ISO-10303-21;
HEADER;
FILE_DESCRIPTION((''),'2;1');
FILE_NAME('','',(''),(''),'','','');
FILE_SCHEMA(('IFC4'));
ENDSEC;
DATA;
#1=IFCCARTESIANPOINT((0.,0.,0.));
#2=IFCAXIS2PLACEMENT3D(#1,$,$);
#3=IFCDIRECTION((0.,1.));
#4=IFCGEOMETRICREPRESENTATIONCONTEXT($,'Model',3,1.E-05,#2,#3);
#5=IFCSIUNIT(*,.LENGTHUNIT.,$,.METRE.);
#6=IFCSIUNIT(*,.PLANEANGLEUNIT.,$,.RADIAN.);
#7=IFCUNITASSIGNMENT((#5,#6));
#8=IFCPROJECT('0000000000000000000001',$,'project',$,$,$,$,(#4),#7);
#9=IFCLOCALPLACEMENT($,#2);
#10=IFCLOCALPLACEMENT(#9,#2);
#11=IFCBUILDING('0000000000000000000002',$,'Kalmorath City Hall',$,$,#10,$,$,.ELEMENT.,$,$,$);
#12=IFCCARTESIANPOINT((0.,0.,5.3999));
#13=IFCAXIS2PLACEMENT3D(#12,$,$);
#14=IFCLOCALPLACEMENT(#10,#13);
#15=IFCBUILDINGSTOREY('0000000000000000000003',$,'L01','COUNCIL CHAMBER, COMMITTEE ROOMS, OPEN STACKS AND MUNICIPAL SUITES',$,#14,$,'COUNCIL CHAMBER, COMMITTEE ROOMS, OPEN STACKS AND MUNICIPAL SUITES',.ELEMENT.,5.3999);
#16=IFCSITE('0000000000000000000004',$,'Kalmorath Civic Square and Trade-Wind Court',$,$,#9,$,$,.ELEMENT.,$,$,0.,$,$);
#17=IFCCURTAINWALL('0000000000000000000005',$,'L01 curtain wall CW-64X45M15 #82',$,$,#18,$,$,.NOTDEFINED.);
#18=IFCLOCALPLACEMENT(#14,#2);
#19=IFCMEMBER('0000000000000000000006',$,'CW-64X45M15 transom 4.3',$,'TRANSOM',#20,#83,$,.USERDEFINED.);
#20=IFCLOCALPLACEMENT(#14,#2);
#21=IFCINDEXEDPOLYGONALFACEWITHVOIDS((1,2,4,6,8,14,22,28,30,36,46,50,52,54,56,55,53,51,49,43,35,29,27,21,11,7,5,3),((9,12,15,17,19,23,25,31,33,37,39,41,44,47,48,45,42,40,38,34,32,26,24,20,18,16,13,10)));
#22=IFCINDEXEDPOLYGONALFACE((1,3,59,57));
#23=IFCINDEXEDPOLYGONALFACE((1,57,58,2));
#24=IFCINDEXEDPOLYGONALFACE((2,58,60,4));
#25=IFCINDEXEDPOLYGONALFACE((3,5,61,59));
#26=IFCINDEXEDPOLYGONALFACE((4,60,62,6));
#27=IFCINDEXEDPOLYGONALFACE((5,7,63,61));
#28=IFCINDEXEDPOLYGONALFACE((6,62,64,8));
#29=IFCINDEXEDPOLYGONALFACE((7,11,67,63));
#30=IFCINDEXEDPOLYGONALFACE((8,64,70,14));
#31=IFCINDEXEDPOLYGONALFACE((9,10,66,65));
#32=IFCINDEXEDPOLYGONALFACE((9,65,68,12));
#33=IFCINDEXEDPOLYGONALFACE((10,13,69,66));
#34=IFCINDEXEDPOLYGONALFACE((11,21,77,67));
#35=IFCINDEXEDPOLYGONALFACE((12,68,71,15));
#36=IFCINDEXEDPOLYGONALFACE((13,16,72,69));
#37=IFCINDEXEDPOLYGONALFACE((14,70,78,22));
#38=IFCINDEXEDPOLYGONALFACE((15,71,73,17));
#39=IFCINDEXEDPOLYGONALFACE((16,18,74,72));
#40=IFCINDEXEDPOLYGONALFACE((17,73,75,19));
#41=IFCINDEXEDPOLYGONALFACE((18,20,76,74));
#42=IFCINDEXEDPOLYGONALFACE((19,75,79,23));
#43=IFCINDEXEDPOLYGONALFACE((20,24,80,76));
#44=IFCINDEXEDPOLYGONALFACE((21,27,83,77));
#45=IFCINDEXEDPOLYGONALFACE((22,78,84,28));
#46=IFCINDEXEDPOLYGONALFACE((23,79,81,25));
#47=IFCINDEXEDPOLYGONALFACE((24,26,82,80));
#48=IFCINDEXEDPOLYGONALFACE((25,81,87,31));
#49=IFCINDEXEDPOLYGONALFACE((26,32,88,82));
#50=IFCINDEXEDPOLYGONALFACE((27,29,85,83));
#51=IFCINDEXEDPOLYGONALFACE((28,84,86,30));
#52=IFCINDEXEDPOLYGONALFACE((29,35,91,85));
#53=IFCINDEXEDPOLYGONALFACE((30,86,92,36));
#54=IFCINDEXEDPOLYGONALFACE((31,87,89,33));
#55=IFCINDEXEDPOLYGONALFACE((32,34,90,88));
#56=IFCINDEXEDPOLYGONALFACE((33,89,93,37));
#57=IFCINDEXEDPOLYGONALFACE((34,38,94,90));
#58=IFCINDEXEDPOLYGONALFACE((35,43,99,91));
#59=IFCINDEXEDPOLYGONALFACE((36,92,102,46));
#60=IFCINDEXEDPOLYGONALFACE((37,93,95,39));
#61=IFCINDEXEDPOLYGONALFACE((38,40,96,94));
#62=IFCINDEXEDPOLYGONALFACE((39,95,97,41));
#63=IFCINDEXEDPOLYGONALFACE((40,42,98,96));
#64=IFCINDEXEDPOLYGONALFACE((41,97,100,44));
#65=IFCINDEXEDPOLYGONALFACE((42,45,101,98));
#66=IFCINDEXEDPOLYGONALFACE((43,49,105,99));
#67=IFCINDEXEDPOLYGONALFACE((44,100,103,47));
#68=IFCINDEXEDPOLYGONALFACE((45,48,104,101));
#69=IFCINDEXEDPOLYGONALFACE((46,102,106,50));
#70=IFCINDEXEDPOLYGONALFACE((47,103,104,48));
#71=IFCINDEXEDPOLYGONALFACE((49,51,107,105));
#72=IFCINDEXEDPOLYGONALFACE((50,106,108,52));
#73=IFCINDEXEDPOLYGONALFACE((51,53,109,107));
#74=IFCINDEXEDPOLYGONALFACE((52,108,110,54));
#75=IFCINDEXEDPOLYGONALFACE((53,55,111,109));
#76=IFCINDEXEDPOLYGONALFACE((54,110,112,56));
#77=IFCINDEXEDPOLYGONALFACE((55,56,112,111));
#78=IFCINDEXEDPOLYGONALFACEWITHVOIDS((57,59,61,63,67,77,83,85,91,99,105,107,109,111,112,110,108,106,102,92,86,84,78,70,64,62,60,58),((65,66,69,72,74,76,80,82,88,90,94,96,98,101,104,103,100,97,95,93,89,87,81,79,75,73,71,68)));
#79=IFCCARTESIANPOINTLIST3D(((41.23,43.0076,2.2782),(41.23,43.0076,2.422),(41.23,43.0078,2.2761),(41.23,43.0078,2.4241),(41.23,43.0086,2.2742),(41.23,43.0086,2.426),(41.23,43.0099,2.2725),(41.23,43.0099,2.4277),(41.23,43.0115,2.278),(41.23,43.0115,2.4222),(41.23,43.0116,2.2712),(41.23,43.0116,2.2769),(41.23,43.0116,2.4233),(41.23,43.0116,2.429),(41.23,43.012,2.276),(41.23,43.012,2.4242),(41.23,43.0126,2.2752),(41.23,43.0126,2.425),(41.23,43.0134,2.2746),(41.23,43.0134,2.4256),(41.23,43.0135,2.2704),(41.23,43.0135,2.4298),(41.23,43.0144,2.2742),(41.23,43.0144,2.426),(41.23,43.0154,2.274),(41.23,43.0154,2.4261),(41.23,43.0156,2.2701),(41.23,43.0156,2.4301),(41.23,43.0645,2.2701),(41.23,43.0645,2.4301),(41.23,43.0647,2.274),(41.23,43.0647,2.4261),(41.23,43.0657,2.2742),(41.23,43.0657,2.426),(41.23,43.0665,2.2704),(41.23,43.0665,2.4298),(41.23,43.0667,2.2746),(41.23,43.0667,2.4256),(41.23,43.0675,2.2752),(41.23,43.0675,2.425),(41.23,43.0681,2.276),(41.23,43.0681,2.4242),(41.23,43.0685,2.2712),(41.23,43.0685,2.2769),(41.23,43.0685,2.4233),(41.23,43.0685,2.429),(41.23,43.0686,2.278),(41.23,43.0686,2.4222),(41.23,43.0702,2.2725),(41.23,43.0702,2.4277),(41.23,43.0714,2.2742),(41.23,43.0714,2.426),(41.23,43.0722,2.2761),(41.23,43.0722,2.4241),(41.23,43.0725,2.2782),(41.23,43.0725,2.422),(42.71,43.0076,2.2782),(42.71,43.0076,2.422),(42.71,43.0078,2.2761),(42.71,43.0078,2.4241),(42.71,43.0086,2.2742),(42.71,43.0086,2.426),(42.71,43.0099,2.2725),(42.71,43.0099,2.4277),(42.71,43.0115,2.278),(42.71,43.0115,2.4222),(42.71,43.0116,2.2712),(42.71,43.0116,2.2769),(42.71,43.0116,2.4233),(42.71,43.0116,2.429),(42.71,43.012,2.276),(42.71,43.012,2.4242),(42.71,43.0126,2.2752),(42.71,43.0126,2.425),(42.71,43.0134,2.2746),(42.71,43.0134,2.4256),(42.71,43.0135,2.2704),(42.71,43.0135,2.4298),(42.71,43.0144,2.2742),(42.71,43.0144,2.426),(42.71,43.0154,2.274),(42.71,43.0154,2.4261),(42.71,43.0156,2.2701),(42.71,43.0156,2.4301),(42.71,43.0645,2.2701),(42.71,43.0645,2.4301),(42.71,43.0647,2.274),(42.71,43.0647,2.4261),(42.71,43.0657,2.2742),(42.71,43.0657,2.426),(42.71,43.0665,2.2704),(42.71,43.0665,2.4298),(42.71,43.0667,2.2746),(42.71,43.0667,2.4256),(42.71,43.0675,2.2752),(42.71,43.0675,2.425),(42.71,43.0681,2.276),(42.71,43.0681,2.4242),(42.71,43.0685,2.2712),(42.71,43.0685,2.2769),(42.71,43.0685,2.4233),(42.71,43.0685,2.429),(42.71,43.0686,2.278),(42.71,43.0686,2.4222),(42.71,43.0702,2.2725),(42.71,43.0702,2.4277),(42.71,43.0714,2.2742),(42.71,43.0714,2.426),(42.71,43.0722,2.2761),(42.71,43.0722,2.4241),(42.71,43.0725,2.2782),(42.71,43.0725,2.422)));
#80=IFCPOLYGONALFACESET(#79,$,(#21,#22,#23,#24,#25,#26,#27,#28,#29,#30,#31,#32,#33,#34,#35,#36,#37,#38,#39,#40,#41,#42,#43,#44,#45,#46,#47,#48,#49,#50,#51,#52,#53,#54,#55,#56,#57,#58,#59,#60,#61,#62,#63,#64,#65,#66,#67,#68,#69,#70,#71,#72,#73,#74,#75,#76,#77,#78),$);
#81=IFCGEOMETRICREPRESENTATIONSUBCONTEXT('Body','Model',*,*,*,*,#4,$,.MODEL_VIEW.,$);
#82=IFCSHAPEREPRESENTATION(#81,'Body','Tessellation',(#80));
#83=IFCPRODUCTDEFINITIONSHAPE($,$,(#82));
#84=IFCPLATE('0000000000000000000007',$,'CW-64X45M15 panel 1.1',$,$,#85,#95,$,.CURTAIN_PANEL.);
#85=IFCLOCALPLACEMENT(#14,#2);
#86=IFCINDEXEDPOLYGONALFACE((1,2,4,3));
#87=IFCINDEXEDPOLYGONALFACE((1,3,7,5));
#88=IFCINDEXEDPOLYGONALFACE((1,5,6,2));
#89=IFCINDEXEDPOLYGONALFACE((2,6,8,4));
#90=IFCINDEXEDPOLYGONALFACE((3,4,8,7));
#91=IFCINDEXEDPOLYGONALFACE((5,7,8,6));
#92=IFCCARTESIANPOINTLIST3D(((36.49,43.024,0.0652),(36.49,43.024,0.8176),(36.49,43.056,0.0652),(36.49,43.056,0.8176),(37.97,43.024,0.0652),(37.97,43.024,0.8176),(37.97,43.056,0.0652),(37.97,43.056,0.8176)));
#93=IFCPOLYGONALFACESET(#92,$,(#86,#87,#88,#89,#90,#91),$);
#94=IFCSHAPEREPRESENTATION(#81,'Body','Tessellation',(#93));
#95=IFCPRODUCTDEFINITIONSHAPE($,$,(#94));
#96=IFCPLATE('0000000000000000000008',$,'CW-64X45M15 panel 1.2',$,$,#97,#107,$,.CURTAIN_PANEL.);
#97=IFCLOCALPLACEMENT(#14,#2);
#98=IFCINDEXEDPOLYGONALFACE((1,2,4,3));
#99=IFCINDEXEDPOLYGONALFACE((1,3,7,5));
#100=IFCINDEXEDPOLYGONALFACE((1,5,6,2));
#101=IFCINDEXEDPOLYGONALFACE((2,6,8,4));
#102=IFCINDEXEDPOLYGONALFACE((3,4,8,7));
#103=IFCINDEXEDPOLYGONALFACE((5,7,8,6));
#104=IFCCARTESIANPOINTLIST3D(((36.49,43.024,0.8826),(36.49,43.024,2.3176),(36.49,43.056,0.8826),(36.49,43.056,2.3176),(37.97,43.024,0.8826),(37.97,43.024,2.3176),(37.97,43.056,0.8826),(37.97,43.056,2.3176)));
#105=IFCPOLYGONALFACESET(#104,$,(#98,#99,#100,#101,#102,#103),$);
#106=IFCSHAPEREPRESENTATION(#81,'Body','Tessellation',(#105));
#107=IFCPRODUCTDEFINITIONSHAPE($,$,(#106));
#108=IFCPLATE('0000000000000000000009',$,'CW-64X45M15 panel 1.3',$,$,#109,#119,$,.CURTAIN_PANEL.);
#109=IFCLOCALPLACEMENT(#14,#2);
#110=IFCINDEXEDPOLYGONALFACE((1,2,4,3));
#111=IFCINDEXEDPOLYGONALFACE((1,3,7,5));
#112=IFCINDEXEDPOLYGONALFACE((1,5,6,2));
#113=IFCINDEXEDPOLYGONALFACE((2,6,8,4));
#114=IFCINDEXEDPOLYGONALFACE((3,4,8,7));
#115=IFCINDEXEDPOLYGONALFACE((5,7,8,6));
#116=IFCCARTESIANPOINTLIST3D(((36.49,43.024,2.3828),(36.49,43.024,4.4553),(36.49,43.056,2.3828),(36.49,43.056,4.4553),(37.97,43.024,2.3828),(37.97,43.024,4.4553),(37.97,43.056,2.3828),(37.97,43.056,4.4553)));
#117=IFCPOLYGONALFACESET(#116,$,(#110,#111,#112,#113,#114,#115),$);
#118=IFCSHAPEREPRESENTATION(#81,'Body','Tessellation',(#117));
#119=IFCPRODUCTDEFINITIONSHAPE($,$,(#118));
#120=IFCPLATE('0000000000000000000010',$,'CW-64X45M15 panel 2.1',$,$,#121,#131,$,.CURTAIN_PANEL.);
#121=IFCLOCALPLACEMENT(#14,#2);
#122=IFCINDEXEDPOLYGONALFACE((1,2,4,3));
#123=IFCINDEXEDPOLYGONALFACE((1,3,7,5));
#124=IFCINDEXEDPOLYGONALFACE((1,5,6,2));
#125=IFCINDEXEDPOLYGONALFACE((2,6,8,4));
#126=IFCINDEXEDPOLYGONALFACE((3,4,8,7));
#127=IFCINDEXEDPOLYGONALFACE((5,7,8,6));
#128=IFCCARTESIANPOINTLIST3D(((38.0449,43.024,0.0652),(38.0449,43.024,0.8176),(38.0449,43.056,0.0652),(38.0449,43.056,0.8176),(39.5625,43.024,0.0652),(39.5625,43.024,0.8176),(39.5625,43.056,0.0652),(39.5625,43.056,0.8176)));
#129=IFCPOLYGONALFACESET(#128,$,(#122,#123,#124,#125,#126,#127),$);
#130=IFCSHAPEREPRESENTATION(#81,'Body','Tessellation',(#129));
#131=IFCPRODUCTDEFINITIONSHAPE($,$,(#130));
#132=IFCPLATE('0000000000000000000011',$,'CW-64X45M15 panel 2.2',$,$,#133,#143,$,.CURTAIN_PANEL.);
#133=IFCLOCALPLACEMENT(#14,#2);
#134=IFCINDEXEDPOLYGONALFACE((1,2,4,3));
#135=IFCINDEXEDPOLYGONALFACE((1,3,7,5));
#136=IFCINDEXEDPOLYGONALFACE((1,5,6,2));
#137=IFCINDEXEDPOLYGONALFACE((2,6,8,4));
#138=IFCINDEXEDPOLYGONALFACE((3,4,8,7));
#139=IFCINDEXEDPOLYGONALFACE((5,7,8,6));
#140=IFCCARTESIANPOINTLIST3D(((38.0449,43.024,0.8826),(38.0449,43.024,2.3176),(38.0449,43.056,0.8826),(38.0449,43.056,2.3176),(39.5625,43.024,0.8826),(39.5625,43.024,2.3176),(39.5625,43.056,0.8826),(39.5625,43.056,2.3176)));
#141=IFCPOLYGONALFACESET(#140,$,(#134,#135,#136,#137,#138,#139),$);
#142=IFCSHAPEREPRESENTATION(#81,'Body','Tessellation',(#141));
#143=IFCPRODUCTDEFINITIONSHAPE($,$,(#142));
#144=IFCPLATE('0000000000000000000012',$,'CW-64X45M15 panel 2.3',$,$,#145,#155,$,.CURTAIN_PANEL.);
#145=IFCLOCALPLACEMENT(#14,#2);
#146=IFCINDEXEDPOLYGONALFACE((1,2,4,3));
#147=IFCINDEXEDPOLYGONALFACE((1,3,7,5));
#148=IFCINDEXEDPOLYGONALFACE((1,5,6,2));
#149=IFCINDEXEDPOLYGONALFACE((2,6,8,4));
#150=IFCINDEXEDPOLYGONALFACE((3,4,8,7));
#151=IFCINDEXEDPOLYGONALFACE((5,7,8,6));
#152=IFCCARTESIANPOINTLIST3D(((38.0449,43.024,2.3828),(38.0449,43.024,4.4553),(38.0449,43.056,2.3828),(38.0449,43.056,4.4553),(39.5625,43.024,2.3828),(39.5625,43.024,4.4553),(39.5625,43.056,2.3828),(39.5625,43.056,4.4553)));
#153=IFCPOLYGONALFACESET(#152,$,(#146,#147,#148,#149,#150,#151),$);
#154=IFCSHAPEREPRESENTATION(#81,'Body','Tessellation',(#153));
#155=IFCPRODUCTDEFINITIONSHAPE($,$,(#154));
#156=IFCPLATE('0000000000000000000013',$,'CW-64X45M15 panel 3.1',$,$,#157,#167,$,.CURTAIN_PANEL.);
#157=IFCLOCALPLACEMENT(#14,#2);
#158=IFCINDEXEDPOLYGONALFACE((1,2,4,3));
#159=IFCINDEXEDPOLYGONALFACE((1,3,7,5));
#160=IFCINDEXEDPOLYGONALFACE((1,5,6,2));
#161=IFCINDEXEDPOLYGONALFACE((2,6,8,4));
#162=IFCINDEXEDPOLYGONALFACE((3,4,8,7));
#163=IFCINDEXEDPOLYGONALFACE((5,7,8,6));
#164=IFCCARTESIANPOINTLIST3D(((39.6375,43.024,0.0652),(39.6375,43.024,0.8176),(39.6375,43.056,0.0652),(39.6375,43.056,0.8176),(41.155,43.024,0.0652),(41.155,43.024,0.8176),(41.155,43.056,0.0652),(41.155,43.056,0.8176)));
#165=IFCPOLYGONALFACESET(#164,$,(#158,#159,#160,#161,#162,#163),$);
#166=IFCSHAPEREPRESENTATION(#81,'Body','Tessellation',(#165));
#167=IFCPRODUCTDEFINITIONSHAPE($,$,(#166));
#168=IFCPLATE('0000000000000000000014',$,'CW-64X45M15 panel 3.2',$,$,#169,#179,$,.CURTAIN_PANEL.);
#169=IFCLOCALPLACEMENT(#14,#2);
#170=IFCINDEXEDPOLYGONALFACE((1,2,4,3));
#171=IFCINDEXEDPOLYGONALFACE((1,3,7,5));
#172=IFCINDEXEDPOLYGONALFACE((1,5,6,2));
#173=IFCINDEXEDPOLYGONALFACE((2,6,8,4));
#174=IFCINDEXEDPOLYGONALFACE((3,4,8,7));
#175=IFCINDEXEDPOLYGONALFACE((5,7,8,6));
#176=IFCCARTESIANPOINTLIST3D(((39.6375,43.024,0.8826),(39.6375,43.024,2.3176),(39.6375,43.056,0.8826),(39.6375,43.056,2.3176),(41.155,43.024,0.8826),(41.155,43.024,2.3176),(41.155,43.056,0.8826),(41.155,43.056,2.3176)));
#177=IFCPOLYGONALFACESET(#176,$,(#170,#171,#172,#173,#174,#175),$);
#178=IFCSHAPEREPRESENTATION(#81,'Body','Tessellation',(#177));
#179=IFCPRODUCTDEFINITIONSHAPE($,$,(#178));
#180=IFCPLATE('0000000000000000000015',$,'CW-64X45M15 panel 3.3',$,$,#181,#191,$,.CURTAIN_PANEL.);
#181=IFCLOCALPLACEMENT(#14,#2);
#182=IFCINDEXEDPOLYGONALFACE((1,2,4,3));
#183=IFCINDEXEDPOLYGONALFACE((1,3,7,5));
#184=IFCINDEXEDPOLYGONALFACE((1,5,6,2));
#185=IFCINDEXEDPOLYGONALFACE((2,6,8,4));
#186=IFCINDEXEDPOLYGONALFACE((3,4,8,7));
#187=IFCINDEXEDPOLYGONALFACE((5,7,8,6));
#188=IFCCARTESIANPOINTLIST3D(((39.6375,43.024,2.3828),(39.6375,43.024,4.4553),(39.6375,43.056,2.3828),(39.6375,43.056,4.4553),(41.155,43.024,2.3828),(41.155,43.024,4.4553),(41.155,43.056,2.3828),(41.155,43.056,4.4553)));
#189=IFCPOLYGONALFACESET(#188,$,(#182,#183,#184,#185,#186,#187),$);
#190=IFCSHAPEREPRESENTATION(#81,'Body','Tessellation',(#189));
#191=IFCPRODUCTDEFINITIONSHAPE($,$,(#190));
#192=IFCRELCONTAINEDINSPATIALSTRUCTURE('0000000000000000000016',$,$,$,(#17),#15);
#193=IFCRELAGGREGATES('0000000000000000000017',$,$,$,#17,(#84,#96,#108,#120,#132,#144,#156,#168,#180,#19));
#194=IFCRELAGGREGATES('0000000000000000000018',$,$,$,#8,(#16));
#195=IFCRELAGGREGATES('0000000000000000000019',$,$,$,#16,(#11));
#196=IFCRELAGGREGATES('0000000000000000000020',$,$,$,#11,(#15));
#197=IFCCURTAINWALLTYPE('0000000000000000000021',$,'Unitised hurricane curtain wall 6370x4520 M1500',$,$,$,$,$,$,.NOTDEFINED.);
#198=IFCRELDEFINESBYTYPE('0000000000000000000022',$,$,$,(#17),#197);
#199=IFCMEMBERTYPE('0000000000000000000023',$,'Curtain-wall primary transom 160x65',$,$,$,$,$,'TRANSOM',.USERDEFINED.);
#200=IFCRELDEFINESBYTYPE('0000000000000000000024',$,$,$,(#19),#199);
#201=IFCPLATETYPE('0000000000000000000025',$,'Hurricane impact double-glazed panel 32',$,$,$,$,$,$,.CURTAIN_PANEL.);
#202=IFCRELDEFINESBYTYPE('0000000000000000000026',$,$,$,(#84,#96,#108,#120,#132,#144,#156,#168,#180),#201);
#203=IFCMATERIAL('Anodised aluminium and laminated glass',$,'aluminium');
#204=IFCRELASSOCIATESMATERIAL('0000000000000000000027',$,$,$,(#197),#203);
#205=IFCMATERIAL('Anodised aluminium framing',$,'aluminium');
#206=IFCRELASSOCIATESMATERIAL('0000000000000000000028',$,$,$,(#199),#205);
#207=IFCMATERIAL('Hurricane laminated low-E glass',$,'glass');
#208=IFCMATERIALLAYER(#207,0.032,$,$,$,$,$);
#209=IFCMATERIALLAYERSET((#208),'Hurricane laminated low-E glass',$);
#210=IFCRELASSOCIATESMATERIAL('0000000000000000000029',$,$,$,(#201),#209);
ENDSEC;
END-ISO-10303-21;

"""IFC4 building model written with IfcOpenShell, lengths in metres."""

from ifc_helpers import new_model, si_unit, direction, frame, origin, origin_2d, place, context, subcontext, project, spatial, rectangle, hollow_rectangle, extrude, material, layer, layer_set, material_profile, profile_set, type_object, element, aggregate, save


model = new_model("IFC4")

# Units and contexts
model_context = context("Model", 3, precision=1e-05, world=origin(), true_north=direction((0.0, 1.0)))
body_context = subcontext(model_context, "Body", "Model", "MODEL_VIEW")
ifc_project = project(units=[si_unit("LENGTHUNIT", "METRE"), si_unit("PLANEANGLEUNIT", "RADIAN")], contexts=[model_context])

# Site, building, storey
site_placement = place(None, origin())
site = spatial("IfcSite", under=ifc_project, at=site_placement, Name="Kalmorath Civic Square and Trade-Wind Court", CompositionType="ELEMENT", RefElevation=0.0)
building_placement = place(site_placement, origin())
building = spatial("IfcBuilding", under=site, at=building_placement, Name="Kalmorath City Hall", CompositionType="ELEMENT")
storey_placement = place(building_placement, frame((0.0, 0.0, 5.3999)))
storey = spatial("IfcBuildingStorey", under=building, at=storey_placement, Name="L01", Description="COUNCIL CHAMBER, COMMITTEE ROOMS, OPEN STACKS AND MUNICIPAL SUITES", LongName="COUNCIL CHAMBER, COMMITTEE ROOMS, OPEN STACKS AND MUNICIPAL SUITES", CompositionType="ELEMENT", Elevation=5.3999)

# Curtain wall, member, plates
ifc_material_1 = material(Name="Anodised aluminium and laminated glass", Category="aluminium")
curtain_wall_type = type_object("IfcCurtainWallType", Name="Unitised hurricane curtain wall 6370x4520 M1500", PredefinedType="NOTDEFINED", material=ifc_material_1)
curtain_wall_placement = place(storey_placement, origin())
curtain_wall = element("IfcCurtainWall", 1, at=curtain_wall_placement, inside=storey, type_object=curtain_wall_type, Name="L01 curtain wall CW-64X45M15 #82", PredefinedType="NOTDEFINED")
ifc_material_2 = material(Name="Anodised aluminium framing", Category="aluminium")
ifc_material_profile_1 = material_profile(ifc_material_2, hollow_rectangle(XDim=0.0649, YDim=0.1599, WallThickness=0.0039, InnerFilletRadius=0.0039, OuterFilletRadius=0.0081, at=origin_2d()), Name="ALU-TRN-160X65X4")
ifc_profile_set_1 = profile_set([ifc_material_profile_1], Name="Anodised aluminium framing")
member_type_1 = type_object("IfcMemberType", Name="Curtain-wall primary transom 160x65", ElementType="TRANSOM", PredefinedType="USERDEFINED", material=ifc_profile_set_1)
member_1_placement = place(storey_placement, frame((41.23, 43.04, 2.3501), z_axis=(1.0, 0.0, 0.0), x_axis=(0.0, 1.0, 0.0)))
member_1 = element("IfcMember", 2, at=member_1_placement, type_object=member_type_1, Name="CW-64X45M15 transom 4.3", ObjectType="TRANSOM", PredefinedType="USERDEFINED", context=body_context, shape_type="SweptSolid", body=[
    extrude(hollow_rectangle(XDim=0.0649, YDim=0.1599, WallThickness=0.0039, InnerFilletRadius=0.0039, OuterFilletRadius=0.0081, at=origin_2d()), origin(), (0.0, 0.0, 1.0), 1.48),
])
ifc_material_3 = material(Name="Hurricane laminated low-E glass", Category="glass")
ifc_layer = layer(ifc_material_3, 0.032)
ifc_layer_set = layer_set([ifc_layer], Name="Hurricane laminated low-E glass")
plate_type = type_object("IfcPlateType", Name="Hurricane impact double-glazed panel 32", PredefinedType="CURTAIN_PANEL", material=ifc_layer_set)
plate_1_placement = place(storey_placement, frame((37.23, 43.04, 0.0652), z_axis=(0.0, 0.0, 1.0), x_axis=(1.0, 0.0, 0.0)))
plate_1 = element("IfcPlate", 3, at=plate_1_placement, type_object=plate_type, Name="CW-64X45M15 panel 1.1", PredefinedType="CURTAIN_PANEL", context=body_context, shape_type="SweptSolid", body=[
    extrude(rectangle(XDim=1.48, YDim=0.032, at=origin_2d()), origin(), (0.0, 0.0, 1.0), 0.7524),
])
plate_2_placement = place(storey_placement, frame((37.23, 43.04, 0.8826), z_axis=(0.0, 0.0, 1.0), x_axis=(1.0, 0.0, 0.0)))
plate_2 = element("IfcPlate", 4, at=plate_2_placement, type_object=plate_type, Name="CW-64X45M15 panel 1.2", PredefinedType="CURTAIN_PANEL", context=body_context, shape_type="SweptSolid", body=[
    extrude(rectangle(XDim=1.48, YDim=0.032, at=origin_2d()), origin(), (0.0, 0.0, 1.0), 1.4351),
])
plate_3_placement = place(storey_placement, frame((37.23, 43.04, 2.3828), z_axis=(0.0, 0.0, 1.0), x_axis=(1.0, 0.0, 0.0)))
plate_3 = element("IfcPlate", 5, at=plate_3_placement, type_object=plate_type, Name="CW-64X45M15 panel 1.3", PredefinedType="CURTAIN_PANEL", context=body_context, shape_type="SweptSolid", body=[
    extrude(rectangle(XDim=1.48, YDim=0.032, at=origin_2d()), origin(), (0.0, 0.0, 1.0), 2.0725),
])
plate_4_placement = place(storey_placement, frame((38.8037, 43.04, 0.0652), z_axis=(0.0, 0.0, 1.0), x_axis=(1.0, 0.0, 0.0)))
plate_4 = element("IfcPlate", 6, at=plate_4_placement, type_object=plate_type, Name="CW-64X45M15 panel 2.1", PredefinedType="CURTAIN_PANEL", context=body_context, shape_type="SweptSolid", body=[
    extrude(rectangle(XDim=1.5176, YDim=0.032, at=origin_2d()), origin(), (0.0, 0.0, 1.0), 0.7524),
])
plate_5_placement = place(storey_placement, frame((38.8037, 43.04, 0.8826), z_axis=(0.0, 0.0, 1.0), x_axis=(1.0, 0.0, 0.0)))
plate_5 = element("IfcPlate", 7, at=plate_5_placement, type_object=plate_type, Name="CW-64X45M15 panel 2.2", PredefinedType="CURTAIN_PANEL", context=body_context, shape_type="SweptSolid", body=[
    extrude(rectangle(XDim=1.5176, YDim=0.032, at=origin_2d()), origin(), (0.0, 0.0, 1.0), 1.4351),
])
plate_6_placement = place(storey_placement, frame((38.8037, 43.04, 2.3828), z_axis=(0.0, 0.0, 1.0), x_axis=(1.0, 0.0, 0.0)))
plate_6 = element("IfcPlate", 8, at=plate_6_placement, type_object=plate_type, Name="CW-64X45M15 panel 2.3", PredefinedType="CURTAIN_PANEL", context=body_context, shape_type="SweptSolid", body=[
    extrude(rectangle(XDim=1.5176, YDim=0.032, at=origin_2d()), origin(), (0.0, 0.0, 1.0), 2.0725),
])
plate_7_placement = place(storey_placement, frame((40.3962, 43.04, 0.0652), z_axis=(0.0, 0.0, 1.0), x_axis=(1.0, 0.0, 0.0)))
plate_7 = element("IfcPlate", 9, at=plate_7_placement, type_object=plate_type, Name="CW-64X45M15 panel 3.1", PredefinedType="CURTAIN_PANEL", context=body_context, shape_type="SweptSolid", body=[
    extrude(rectangle(XDim=1.5176, YDim=0.032, at=origin_2d()), origin(), (0.0, 0.0, 1.0), 0.7524),
])
plate_8_placement = place(storey_placement, frame((40.3962, 43.04, 0.8826), z_axis=(0.0, 0.0, 1.0), x_axis=(1.0, 0.0, 0.0)))
plate_8 = element("IfcPlate", 10, at=plate_8_placement, type_object=plate_type, Name="CW-64X45M15 panel 3.2", PredefinedType="CURTAIN_PANEL", context=body_context, shape_type="SweptSolid", body=[
    extrude(rectangle(XDim=1.5176, YDim=0.032, at=origin_2d()), origin(), (0.0, 0.0, 1.0), 1.4351),
])
plate_9_placement = place(storey_placement, frame((40.3962, 43.04, 2.3828), z_axis=(0.0, 0.0, 1.0), x_axis=(1.0, 0.0, 0.0)))
plate_9 = element("IfcPlate", 11, at=plate_9_placement, type_object=plate_type, Name="CW-64X45M15 panel 3.3", PredefinedType="CURTAIN_PANEL", context=body_context, shape_type="SweptSolid", body=[
    extrude(rectangle(XDim=1.5176, YDim=0.032, at=origin_2d()), origin(), (0.0, 0.0, 1.0), 2.0725),
])
aggregate(curtain_wall, [plate_1, plate_2, plate_3, plate_4, plate_5, plate_6, plate_7, plate_8, plate_9, member_1])

save(model, "model.ifc")
